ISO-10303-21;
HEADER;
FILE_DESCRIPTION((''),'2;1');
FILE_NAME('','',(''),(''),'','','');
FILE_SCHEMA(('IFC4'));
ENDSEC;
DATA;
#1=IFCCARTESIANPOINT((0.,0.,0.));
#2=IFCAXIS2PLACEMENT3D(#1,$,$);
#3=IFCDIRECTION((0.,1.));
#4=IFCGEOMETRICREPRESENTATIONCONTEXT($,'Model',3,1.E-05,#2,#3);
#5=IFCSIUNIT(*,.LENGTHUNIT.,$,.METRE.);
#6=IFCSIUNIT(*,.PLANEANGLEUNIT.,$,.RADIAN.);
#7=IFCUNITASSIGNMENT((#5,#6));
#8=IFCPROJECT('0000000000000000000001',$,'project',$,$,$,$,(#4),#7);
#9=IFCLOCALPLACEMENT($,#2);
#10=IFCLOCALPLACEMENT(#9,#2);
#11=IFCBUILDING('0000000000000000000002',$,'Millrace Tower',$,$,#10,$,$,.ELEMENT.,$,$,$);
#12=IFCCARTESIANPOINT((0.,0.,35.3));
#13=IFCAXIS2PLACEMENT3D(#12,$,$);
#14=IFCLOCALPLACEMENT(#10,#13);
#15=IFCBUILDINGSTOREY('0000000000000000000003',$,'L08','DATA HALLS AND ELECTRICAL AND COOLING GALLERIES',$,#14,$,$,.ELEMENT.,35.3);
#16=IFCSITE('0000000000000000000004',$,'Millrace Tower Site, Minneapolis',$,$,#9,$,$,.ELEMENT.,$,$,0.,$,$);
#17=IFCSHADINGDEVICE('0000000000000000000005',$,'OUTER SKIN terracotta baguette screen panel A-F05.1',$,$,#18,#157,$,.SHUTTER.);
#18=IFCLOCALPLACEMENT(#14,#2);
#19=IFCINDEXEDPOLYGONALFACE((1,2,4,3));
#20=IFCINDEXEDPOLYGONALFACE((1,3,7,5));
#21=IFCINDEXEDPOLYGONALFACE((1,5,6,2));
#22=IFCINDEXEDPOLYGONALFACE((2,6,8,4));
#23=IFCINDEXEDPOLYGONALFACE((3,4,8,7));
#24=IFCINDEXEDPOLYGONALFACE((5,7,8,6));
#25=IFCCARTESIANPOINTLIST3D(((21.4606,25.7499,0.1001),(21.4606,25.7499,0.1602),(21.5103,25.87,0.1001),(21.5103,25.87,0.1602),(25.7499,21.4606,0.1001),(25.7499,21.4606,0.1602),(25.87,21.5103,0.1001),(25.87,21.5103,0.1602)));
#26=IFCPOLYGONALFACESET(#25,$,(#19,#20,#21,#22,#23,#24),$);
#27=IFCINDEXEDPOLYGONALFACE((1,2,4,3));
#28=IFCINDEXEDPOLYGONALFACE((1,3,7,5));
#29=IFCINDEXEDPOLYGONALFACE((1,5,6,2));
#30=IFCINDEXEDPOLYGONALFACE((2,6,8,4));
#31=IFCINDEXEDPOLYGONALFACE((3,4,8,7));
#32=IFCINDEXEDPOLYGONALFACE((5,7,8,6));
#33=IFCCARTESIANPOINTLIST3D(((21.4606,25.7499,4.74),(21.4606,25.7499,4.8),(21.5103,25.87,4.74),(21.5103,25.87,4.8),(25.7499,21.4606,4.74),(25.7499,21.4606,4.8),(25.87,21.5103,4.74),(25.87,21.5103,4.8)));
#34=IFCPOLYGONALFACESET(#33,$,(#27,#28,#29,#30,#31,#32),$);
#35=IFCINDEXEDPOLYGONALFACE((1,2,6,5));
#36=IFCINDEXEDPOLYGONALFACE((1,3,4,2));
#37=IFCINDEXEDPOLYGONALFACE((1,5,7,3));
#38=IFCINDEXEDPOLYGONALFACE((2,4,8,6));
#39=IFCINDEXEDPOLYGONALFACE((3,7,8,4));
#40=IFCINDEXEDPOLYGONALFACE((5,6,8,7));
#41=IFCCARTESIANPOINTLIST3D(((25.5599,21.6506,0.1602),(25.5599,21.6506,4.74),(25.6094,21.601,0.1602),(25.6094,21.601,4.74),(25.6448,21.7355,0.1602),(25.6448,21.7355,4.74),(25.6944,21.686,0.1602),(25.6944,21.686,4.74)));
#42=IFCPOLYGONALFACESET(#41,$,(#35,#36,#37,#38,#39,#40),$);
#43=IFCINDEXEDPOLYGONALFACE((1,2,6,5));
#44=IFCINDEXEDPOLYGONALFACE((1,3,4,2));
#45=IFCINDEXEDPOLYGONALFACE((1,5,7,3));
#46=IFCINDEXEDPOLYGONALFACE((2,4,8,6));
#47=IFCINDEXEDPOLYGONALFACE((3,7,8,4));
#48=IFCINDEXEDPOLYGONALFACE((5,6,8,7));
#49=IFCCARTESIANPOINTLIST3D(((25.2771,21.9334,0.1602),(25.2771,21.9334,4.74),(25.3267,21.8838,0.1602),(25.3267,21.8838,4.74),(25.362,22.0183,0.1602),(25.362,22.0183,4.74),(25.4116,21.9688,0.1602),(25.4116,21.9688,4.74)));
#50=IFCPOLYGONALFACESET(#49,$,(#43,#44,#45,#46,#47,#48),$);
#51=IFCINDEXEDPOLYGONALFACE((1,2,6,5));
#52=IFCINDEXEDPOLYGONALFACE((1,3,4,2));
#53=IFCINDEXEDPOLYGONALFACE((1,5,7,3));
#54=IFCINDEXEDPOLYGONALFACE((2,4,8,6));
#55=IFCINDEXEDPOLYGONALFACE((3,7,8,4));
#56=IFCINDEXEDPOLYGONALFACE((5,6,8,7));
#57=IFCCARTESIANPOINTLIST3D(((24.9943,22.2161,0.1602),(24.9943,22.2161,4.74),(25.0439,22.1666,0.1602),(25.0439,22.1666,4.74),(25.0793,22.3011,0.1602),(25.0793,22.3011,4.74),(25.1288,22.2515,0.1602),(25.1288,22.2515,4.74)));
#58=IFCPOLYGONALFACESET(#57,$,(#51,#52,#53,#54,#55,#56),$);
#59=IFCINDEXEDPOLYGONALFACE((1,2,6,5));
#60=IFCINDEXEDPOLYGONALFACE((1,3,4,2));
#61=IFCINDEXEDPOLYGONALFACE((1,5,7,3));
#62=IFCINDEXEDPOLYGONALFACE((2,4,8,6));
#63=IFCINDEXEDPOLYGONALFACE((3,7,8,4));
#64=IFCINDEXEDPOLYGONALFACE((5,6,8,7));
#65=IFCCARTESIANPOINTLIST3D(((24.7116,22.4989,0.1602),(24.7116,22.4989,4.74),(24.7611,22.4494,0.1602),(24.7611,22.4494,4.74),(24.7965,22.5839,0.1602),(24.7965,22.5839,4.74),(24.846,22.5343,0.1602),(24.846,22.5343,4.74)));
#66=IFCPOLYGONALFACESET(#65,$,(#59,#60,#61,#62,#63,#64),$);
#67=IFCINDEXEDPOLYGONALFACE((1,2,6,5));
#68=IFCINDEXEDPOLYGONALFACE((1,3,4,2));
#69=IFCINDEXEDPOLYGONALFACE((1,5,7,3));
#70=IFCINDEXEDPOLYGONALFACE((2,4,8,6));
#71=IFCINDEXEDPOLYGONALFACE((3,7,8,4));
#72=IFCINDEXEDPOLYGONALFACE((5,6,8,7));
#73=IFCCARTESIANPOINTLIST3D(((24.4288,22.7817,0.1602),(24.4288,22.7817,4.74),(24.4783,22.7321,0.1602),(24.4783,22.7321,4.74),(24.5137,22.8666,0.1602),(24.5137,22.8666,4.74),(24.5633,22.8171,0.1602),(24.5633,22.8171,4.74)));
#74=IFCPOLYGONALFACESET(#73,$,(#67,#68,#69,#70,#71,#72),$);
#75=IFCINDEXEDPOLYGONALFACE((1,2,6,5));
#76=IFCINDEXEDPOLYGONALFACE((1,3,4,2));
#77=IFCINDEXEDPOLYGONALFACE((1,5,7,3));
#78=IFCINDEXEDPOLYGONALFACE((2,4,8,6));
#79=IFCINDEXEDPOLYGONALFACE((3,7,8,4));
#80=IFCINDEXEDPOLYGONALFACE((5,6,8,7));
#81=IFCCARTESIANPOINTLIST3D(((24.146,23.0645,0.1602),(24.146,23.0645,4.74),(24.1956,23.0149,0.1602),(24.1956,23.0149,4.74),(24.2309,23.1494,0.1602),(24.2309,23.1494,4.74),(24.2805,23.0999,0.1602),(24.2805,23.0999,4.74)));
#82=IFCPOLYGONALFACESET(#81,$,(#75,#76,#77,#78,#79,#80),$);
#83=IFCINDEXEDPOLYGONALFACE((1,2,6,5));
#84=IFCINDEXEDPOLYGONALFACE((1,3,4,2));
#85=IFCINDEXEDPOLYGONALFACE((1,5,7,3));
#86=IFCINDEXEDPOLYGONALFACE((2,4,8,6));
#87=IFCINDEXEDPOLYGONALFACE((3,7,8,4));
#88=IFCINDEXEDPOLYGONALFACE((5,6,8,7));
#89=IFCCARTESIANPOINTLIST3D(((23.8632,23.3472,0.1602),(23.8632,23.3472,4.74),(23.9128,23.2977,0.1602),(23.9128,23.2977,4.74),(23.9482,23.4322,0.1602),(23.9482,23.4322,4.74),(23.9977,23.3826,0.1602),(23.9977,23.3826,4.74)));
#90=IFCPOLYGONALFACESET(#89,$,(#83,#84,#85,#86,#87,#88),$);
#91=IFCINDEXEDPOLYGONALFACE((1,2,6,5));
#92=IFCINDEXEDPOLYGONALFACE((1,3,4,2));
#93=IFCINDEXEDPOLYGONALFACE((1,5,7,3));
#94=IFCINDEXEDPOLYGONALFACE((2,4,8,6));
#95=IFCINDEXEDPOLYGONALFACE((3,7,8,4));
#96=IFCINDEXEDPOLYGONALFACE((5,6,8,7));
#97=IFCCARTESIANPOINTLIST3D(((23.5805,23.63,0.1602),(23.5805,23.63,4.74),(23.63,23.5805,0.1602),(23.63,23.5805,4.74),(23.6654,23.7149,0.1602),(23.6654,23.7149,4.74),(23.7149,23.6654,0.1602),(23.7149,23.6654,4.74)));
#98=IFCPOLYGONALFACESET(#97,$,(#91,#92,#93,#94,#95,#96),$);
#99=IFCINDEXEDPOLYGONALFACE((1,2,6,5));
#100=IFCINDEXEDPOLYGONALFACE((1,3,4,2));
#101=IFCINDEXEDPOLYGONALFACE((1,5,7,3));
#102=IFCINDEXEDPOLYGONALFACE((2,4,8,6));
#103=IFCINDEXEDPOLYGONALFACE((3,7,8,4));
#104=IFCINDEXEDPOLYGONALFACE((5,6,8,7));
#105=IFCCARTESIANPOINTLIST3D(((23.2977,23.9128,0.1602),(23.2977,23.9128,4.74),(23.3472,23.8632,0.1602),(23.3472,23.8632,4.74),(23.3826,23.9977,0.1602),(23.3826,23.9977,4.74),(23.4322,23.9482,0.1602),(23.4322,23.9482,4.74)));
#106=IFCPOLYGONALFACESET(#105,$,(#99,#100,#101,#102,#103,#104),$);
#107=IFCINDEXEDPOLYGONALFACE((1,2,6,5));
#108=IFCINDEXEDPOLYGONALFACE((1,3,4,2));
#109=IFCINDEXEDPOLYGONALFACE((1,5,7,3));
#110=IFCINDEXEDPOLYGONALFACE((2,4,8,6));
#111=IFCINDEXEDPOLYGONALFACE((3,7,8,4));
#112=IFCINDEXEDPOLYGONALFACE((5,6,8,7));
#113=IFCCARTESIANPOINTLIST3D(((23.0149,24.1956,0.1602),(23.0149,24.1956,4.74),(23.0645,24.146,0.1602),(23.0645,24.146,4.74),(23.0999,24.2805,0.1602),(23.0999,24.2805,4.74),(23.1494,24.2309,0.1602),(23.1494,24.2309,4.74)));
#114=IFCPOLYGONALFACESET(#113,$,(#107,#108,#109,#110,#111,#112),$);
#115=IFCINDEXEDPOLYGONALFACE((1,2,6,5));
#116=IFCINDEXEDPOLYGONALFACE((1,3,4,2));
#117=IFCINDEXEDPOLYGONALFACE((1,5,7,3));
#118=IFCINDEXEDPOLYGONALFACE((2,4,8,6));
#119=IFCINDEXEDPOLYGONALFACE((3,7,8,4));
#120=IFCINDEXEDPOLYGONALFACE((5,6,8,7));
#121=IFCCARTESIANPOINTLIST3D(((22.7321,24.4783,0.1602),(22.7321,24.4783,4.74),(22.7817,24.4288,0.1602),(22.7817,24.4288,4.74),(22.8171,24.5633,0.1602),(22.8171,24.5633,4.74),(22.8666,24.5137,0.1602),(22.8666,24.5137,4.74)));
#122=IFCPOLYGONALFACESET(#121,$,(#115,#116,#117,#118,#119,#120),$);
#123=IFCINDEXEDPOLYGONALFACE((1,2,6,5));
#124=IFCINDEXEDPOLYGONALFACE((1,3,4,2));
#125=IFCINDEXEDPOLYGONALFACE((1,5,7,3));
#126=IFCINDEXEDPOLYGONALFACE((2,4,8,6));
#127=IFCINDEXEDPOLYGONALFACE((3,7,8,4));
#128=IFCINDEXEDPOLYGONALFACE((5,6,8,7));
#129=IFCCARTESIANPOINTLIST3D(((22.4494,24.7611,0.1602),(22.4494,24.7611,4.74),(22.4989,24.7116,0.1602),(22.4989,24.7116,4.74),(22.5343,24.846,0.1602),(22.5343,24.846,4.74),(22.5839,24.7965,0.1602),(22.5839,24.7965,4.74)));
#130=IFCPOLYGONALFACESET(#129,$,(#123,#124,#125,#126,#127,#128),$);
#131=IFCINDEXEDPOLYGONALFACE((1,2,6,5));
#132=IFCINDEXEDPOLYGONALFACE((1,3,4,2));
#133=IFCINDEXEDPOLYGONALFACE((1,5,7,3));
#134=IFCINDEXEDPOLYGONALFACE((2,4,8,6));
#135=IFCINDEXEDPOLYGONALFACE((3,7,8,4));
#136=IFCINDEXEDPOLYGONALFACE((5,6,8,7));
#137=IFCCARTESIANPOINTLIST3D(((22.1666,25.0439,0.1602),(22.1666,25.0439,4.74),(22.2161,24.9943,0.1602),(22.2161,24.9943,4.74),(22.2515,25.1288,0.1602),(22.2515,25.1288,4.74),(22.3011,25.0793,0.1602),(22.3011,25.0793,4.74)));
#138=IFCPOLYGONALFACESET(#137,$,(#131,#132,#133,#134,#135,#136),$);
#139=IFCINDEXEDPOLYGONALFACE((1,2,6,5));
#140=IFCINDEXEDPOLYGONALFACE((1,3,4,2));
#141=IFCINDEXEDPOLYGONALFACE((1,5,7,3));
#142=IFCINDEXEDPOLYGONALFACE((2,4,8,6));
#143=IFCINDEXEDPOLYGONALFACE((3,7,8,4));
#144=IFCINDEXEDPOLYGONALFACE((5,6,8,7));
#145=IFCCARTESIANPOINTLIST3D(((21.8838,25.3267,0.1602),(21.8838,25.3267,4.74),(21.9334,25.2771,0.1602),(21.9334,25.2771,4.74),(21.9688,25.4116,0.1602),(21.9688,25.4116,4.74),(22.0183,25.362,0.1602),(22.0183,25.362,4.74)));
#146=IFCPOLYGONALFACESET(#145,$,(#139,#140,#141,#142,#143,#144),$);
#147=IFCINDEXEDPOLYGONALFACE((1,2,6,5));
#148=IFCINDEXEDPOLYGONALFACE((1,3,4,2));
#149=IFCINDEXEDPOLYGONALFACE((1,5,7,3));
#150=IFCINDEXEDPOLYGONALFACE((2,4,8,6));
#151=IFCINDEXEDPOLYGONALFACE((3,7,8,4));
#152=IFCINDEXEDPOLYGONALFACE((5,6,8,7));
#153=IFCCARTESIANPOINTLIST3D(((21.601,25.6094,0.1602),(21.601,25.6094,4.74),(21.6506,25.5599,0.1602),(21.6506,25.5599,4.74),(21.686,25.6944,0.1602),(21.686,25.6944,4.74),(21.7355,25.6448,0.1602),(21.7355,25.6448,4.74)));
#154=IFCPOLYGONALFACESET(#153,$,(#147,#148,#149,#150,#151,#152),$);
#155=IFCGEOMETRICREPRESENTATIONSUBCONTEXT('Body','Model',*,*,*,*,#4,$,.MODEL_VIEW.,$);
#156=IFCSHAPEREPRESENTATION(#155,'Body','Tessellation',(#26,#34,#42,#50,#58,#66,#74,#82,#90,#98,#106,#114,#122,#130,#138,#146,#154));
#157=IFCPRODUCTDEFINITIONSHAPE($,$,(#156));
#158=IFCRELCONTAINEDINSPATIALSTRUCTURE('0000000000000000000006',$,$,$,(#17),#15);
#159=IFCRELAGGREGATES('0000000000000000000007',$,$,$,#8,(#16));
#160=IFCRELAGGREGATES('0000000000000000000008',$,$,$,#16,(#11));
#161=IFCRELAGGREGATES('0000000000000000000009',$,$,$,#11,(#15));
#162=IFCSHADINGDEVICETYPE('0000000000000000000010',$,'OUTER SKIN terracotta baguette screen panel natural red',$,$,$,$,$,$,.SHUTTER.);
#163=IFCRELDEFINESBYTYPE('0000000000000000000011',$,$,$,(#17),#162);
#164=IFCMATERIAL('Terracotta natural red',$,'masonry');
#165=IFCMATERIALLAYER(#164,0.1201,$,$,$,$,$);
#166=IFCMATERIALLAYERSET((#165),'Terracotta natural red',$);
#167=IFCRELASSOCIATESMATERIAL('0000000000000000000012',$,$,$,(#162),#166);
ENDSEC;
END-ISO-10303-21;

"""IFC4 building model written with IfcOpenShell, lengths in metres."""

from ifc_helpers import new_model, entity, si_unit, direction, frame, frame_2d, origin, origin_2d, place, context, subcontext, project, spatial, rectangle, extrude, source, transform, mapped, material, layer, layer_set, type_object, element, save


model = new_model("IFC4")

# Units and contexts
model_context = context("Model", 3, precision=1e-05, world=origin(), true_north=direction((0.0, 1.0)))
body_context = subcontext(model_context, "Body", "Model", "MODEL_VIEW")
ifc_project = project(units=[si_unit("LENGTHUNIT", "METRE"), si_unit("PLANEANGLEUNIT", "RADIAN")], contexts=[model_context])

# Site, building, storey
site_placement = place(None, origin())
site = spatial("IfcSite", under=ifc_project, at=site_placement, Name="Millrace Tower Site, Minneapolis", CompositionType="ELEMENT", RefElevation=0.0)
building_placement = place(site_placement, origin())
building = spatial("IfcBuilding", under=site, at=building_placement, Name="Millrace Tower", CompositionType="ELEMENT")
storey_placement = place(building_placement, frame((0.0, 0.0, 35.3)))
storey = spatial("IfcBuildingStorey", under=building, at=storey_placement, Name="L08", Description="DATA HALLS AND ELECTRICAL AND COOLING GALLERIES", CompositionType="ELEMENT", Elevation=35.3)

# Shading device
ifc_material_1 = material(Name="Terracotta natural red", Category="masonry")
ifc_layer_1 = layer(ifc_material_1, 0.1201)
ifc_layer_set_1 = layer_set([ifc_layer_1], Name="Terracotta natural red")
shading_device_type_1 = type_object("IfcShadingDeviceType", Name="OUTER SKIN terracotta baguette screen panel natural red", PredefinedType="SHUTTER", material=ifc_layer_set_1)
cartesian_point_1 = entity("IfcCartesianPoint", [-3.033, 0.0601])
shared_polyline_1 = entity("IfcPolyline", [cartesian_point_1, entity("IfcCartesianPoint", [3.033, 0.0601]), entity("IfcCartesianPoint", [3.0828, -0.0601]), entity("IfcCartesianPoint", [-3.0828, -0.0601]), cartesian_point_1])
shared_shape_1 = source(origin(), body_context, "Body", "SweptSolid", [
    entity("IfcExtrudedAreaSolid", entity("IfcArbitraryClosedProfileDef", "AREA", None, shared_polyline_1), entity("IfcAxis2Placement3D", entity("IfcCartesianPoint", [0.0, 0.0, 0.0])), entity("IfcDirection", [0.0, 0.0, 1.0]), 0.0601),
    entity("IfcExtrudedAreaSolid", entity("IfcArbitraryClosedProfileDef", "AREA", None, shared_polyline_1), entity("IfcAxis2Placement3D", entity("IfcCartesianPoint", [0.0, 0.0, 4.6399])), entity("IfcDirection", [0.0, 0.0, 1.0]), 0.0601),
    extrude(rectangle(XDim=0.0701, YDim=0.1201, at=frame_2d((-2.7993, 0.0))), frame((0.0, 0.0, 0.0601)), (0.0, 0.0, 1.0), 4.5798),
    extrude(rectangle(XDim=0.0701, YDim=0.1201, at=frame_2d((-2.3994, 0.0))), frame((0.0, 0.0, 0.0601)), (0.0, 0.0, 1.0), 4.5798),
    extrude(rectangle(XDim=0.0701, YDim=0.1201, at=frame_2d((-1.9995, 0.0))), frame((0.0, 0.0, 0.0601)), (0.0, 0.0, 1.0), 4.5798),
    extrude(rectangle(XDim=0.0701, YDim=0.1201, at=frame_2d((-1.5996, 0.0))), frame((0.0, 0.0, 0.0601)), (0.0, 0.0, 1.0), 4.5798),
    extrude(rectangle(XDim=0.0701, YDim=0.1201, at=frame_2d((-1.1997, 0.0))), frame((0.0, 0.0, 0.0601)), (0.0, 0.0, 1.0), 4.5798),
    extrude(rectangle(XDim=0.0701, YDim=0.1201, at=frame_2d((-0.7998, 0.0))), frame((0.0, 0.0, 0.0601)), (0.0, 0.0, 1.0), 4.5798),
    extrude(rectangle(XDim=0.0701, YDim=0.1201, at=frame_2d((-0.3999, 0.0))), frame((0.0, 0.0, 0.0601)), (0.0, 0.0, 1.0), 4.5798),
    extrude(rectangle(XDim=0.0701, YDim=0.1201, at=origin_2d()), frame((0.0, 0.0, 0.0601)), (0.0, 0.0, 1.0), 4.5798),
    extrude(rectangle(XDim=0.0701, YDim=0.1201, at=frame_2d((0.3999, 0.0))), frame((0.0, 0.0, 0.0601)), (0.0, 0.0, 1.0), 4.5798),
    extrude(rectangle(XDim=0.0701, YDim=0.1201, at=frame_2d((0.7998, 0.0))), frame((0.0, 0.0, 0.0601)), (0.0, 0.0, 1.0), 4.5798),
    extrude(rectangle(XDim=0.0701, YDim=0.1201, at=frame_2d((1.1997, 0.0))), frame((0.0, 0.0, 0.0601)), (0.0, 0.0, 1.0), 4.5798),
    extrude(rectangle(XDim=0.0701, YDim=0.1201, at=frame_2d((1.5996, 0.0))), frame((0.0, 0.0, 0.0601)), (0.0, 0.0, 1.0), 4.5798),
    extrude(rectangle(XDim=0.0701, YDim=0.1201, at=frame_2d((1.9995, 0.0))), frame((0.0, 0.0, 0.0601)), (0.0, 0.0, 1.0), 4.5798),
    extrude(rectangle(XDim=0.0701, YDim=0.1201, at=frame_2d((2.3994, 0.0))), frame((0.0, 0.0, 0.0601)), (0.0, 0.0, 1.0), 4.5798),
    extrude(rectangle(XDim=0.0701, YDim=0.1201, at=frame_2d((2.7993, 0.0))), frame((0.0, 0.0, 0.0601)), (0.0, 0.0, 1.0), 4.5798),
])
shading_device_1_placement = place(storey_placement, frame((23.6477, 23.6477, 0.1001), z_axis=(0.0, 0.0, 1.0), x_axis=(-0.707107, 0.707107, 0.0)))
element("IfcShadingDevice", 1, at=shading_device_1_placement, inside=storey, type_object=shading_device_type_1, Name="OUTER SKIN terracotta baguette screen panel A-F05.1", PredefinedType="SHUTTER", context=body_context, shape_type="MappedRepresentation", body=[
    mapped(shared_shape_1, transform((0.0, 0.0, 0.0), scale=1.0)),
])

save(model, "model.ifc")
